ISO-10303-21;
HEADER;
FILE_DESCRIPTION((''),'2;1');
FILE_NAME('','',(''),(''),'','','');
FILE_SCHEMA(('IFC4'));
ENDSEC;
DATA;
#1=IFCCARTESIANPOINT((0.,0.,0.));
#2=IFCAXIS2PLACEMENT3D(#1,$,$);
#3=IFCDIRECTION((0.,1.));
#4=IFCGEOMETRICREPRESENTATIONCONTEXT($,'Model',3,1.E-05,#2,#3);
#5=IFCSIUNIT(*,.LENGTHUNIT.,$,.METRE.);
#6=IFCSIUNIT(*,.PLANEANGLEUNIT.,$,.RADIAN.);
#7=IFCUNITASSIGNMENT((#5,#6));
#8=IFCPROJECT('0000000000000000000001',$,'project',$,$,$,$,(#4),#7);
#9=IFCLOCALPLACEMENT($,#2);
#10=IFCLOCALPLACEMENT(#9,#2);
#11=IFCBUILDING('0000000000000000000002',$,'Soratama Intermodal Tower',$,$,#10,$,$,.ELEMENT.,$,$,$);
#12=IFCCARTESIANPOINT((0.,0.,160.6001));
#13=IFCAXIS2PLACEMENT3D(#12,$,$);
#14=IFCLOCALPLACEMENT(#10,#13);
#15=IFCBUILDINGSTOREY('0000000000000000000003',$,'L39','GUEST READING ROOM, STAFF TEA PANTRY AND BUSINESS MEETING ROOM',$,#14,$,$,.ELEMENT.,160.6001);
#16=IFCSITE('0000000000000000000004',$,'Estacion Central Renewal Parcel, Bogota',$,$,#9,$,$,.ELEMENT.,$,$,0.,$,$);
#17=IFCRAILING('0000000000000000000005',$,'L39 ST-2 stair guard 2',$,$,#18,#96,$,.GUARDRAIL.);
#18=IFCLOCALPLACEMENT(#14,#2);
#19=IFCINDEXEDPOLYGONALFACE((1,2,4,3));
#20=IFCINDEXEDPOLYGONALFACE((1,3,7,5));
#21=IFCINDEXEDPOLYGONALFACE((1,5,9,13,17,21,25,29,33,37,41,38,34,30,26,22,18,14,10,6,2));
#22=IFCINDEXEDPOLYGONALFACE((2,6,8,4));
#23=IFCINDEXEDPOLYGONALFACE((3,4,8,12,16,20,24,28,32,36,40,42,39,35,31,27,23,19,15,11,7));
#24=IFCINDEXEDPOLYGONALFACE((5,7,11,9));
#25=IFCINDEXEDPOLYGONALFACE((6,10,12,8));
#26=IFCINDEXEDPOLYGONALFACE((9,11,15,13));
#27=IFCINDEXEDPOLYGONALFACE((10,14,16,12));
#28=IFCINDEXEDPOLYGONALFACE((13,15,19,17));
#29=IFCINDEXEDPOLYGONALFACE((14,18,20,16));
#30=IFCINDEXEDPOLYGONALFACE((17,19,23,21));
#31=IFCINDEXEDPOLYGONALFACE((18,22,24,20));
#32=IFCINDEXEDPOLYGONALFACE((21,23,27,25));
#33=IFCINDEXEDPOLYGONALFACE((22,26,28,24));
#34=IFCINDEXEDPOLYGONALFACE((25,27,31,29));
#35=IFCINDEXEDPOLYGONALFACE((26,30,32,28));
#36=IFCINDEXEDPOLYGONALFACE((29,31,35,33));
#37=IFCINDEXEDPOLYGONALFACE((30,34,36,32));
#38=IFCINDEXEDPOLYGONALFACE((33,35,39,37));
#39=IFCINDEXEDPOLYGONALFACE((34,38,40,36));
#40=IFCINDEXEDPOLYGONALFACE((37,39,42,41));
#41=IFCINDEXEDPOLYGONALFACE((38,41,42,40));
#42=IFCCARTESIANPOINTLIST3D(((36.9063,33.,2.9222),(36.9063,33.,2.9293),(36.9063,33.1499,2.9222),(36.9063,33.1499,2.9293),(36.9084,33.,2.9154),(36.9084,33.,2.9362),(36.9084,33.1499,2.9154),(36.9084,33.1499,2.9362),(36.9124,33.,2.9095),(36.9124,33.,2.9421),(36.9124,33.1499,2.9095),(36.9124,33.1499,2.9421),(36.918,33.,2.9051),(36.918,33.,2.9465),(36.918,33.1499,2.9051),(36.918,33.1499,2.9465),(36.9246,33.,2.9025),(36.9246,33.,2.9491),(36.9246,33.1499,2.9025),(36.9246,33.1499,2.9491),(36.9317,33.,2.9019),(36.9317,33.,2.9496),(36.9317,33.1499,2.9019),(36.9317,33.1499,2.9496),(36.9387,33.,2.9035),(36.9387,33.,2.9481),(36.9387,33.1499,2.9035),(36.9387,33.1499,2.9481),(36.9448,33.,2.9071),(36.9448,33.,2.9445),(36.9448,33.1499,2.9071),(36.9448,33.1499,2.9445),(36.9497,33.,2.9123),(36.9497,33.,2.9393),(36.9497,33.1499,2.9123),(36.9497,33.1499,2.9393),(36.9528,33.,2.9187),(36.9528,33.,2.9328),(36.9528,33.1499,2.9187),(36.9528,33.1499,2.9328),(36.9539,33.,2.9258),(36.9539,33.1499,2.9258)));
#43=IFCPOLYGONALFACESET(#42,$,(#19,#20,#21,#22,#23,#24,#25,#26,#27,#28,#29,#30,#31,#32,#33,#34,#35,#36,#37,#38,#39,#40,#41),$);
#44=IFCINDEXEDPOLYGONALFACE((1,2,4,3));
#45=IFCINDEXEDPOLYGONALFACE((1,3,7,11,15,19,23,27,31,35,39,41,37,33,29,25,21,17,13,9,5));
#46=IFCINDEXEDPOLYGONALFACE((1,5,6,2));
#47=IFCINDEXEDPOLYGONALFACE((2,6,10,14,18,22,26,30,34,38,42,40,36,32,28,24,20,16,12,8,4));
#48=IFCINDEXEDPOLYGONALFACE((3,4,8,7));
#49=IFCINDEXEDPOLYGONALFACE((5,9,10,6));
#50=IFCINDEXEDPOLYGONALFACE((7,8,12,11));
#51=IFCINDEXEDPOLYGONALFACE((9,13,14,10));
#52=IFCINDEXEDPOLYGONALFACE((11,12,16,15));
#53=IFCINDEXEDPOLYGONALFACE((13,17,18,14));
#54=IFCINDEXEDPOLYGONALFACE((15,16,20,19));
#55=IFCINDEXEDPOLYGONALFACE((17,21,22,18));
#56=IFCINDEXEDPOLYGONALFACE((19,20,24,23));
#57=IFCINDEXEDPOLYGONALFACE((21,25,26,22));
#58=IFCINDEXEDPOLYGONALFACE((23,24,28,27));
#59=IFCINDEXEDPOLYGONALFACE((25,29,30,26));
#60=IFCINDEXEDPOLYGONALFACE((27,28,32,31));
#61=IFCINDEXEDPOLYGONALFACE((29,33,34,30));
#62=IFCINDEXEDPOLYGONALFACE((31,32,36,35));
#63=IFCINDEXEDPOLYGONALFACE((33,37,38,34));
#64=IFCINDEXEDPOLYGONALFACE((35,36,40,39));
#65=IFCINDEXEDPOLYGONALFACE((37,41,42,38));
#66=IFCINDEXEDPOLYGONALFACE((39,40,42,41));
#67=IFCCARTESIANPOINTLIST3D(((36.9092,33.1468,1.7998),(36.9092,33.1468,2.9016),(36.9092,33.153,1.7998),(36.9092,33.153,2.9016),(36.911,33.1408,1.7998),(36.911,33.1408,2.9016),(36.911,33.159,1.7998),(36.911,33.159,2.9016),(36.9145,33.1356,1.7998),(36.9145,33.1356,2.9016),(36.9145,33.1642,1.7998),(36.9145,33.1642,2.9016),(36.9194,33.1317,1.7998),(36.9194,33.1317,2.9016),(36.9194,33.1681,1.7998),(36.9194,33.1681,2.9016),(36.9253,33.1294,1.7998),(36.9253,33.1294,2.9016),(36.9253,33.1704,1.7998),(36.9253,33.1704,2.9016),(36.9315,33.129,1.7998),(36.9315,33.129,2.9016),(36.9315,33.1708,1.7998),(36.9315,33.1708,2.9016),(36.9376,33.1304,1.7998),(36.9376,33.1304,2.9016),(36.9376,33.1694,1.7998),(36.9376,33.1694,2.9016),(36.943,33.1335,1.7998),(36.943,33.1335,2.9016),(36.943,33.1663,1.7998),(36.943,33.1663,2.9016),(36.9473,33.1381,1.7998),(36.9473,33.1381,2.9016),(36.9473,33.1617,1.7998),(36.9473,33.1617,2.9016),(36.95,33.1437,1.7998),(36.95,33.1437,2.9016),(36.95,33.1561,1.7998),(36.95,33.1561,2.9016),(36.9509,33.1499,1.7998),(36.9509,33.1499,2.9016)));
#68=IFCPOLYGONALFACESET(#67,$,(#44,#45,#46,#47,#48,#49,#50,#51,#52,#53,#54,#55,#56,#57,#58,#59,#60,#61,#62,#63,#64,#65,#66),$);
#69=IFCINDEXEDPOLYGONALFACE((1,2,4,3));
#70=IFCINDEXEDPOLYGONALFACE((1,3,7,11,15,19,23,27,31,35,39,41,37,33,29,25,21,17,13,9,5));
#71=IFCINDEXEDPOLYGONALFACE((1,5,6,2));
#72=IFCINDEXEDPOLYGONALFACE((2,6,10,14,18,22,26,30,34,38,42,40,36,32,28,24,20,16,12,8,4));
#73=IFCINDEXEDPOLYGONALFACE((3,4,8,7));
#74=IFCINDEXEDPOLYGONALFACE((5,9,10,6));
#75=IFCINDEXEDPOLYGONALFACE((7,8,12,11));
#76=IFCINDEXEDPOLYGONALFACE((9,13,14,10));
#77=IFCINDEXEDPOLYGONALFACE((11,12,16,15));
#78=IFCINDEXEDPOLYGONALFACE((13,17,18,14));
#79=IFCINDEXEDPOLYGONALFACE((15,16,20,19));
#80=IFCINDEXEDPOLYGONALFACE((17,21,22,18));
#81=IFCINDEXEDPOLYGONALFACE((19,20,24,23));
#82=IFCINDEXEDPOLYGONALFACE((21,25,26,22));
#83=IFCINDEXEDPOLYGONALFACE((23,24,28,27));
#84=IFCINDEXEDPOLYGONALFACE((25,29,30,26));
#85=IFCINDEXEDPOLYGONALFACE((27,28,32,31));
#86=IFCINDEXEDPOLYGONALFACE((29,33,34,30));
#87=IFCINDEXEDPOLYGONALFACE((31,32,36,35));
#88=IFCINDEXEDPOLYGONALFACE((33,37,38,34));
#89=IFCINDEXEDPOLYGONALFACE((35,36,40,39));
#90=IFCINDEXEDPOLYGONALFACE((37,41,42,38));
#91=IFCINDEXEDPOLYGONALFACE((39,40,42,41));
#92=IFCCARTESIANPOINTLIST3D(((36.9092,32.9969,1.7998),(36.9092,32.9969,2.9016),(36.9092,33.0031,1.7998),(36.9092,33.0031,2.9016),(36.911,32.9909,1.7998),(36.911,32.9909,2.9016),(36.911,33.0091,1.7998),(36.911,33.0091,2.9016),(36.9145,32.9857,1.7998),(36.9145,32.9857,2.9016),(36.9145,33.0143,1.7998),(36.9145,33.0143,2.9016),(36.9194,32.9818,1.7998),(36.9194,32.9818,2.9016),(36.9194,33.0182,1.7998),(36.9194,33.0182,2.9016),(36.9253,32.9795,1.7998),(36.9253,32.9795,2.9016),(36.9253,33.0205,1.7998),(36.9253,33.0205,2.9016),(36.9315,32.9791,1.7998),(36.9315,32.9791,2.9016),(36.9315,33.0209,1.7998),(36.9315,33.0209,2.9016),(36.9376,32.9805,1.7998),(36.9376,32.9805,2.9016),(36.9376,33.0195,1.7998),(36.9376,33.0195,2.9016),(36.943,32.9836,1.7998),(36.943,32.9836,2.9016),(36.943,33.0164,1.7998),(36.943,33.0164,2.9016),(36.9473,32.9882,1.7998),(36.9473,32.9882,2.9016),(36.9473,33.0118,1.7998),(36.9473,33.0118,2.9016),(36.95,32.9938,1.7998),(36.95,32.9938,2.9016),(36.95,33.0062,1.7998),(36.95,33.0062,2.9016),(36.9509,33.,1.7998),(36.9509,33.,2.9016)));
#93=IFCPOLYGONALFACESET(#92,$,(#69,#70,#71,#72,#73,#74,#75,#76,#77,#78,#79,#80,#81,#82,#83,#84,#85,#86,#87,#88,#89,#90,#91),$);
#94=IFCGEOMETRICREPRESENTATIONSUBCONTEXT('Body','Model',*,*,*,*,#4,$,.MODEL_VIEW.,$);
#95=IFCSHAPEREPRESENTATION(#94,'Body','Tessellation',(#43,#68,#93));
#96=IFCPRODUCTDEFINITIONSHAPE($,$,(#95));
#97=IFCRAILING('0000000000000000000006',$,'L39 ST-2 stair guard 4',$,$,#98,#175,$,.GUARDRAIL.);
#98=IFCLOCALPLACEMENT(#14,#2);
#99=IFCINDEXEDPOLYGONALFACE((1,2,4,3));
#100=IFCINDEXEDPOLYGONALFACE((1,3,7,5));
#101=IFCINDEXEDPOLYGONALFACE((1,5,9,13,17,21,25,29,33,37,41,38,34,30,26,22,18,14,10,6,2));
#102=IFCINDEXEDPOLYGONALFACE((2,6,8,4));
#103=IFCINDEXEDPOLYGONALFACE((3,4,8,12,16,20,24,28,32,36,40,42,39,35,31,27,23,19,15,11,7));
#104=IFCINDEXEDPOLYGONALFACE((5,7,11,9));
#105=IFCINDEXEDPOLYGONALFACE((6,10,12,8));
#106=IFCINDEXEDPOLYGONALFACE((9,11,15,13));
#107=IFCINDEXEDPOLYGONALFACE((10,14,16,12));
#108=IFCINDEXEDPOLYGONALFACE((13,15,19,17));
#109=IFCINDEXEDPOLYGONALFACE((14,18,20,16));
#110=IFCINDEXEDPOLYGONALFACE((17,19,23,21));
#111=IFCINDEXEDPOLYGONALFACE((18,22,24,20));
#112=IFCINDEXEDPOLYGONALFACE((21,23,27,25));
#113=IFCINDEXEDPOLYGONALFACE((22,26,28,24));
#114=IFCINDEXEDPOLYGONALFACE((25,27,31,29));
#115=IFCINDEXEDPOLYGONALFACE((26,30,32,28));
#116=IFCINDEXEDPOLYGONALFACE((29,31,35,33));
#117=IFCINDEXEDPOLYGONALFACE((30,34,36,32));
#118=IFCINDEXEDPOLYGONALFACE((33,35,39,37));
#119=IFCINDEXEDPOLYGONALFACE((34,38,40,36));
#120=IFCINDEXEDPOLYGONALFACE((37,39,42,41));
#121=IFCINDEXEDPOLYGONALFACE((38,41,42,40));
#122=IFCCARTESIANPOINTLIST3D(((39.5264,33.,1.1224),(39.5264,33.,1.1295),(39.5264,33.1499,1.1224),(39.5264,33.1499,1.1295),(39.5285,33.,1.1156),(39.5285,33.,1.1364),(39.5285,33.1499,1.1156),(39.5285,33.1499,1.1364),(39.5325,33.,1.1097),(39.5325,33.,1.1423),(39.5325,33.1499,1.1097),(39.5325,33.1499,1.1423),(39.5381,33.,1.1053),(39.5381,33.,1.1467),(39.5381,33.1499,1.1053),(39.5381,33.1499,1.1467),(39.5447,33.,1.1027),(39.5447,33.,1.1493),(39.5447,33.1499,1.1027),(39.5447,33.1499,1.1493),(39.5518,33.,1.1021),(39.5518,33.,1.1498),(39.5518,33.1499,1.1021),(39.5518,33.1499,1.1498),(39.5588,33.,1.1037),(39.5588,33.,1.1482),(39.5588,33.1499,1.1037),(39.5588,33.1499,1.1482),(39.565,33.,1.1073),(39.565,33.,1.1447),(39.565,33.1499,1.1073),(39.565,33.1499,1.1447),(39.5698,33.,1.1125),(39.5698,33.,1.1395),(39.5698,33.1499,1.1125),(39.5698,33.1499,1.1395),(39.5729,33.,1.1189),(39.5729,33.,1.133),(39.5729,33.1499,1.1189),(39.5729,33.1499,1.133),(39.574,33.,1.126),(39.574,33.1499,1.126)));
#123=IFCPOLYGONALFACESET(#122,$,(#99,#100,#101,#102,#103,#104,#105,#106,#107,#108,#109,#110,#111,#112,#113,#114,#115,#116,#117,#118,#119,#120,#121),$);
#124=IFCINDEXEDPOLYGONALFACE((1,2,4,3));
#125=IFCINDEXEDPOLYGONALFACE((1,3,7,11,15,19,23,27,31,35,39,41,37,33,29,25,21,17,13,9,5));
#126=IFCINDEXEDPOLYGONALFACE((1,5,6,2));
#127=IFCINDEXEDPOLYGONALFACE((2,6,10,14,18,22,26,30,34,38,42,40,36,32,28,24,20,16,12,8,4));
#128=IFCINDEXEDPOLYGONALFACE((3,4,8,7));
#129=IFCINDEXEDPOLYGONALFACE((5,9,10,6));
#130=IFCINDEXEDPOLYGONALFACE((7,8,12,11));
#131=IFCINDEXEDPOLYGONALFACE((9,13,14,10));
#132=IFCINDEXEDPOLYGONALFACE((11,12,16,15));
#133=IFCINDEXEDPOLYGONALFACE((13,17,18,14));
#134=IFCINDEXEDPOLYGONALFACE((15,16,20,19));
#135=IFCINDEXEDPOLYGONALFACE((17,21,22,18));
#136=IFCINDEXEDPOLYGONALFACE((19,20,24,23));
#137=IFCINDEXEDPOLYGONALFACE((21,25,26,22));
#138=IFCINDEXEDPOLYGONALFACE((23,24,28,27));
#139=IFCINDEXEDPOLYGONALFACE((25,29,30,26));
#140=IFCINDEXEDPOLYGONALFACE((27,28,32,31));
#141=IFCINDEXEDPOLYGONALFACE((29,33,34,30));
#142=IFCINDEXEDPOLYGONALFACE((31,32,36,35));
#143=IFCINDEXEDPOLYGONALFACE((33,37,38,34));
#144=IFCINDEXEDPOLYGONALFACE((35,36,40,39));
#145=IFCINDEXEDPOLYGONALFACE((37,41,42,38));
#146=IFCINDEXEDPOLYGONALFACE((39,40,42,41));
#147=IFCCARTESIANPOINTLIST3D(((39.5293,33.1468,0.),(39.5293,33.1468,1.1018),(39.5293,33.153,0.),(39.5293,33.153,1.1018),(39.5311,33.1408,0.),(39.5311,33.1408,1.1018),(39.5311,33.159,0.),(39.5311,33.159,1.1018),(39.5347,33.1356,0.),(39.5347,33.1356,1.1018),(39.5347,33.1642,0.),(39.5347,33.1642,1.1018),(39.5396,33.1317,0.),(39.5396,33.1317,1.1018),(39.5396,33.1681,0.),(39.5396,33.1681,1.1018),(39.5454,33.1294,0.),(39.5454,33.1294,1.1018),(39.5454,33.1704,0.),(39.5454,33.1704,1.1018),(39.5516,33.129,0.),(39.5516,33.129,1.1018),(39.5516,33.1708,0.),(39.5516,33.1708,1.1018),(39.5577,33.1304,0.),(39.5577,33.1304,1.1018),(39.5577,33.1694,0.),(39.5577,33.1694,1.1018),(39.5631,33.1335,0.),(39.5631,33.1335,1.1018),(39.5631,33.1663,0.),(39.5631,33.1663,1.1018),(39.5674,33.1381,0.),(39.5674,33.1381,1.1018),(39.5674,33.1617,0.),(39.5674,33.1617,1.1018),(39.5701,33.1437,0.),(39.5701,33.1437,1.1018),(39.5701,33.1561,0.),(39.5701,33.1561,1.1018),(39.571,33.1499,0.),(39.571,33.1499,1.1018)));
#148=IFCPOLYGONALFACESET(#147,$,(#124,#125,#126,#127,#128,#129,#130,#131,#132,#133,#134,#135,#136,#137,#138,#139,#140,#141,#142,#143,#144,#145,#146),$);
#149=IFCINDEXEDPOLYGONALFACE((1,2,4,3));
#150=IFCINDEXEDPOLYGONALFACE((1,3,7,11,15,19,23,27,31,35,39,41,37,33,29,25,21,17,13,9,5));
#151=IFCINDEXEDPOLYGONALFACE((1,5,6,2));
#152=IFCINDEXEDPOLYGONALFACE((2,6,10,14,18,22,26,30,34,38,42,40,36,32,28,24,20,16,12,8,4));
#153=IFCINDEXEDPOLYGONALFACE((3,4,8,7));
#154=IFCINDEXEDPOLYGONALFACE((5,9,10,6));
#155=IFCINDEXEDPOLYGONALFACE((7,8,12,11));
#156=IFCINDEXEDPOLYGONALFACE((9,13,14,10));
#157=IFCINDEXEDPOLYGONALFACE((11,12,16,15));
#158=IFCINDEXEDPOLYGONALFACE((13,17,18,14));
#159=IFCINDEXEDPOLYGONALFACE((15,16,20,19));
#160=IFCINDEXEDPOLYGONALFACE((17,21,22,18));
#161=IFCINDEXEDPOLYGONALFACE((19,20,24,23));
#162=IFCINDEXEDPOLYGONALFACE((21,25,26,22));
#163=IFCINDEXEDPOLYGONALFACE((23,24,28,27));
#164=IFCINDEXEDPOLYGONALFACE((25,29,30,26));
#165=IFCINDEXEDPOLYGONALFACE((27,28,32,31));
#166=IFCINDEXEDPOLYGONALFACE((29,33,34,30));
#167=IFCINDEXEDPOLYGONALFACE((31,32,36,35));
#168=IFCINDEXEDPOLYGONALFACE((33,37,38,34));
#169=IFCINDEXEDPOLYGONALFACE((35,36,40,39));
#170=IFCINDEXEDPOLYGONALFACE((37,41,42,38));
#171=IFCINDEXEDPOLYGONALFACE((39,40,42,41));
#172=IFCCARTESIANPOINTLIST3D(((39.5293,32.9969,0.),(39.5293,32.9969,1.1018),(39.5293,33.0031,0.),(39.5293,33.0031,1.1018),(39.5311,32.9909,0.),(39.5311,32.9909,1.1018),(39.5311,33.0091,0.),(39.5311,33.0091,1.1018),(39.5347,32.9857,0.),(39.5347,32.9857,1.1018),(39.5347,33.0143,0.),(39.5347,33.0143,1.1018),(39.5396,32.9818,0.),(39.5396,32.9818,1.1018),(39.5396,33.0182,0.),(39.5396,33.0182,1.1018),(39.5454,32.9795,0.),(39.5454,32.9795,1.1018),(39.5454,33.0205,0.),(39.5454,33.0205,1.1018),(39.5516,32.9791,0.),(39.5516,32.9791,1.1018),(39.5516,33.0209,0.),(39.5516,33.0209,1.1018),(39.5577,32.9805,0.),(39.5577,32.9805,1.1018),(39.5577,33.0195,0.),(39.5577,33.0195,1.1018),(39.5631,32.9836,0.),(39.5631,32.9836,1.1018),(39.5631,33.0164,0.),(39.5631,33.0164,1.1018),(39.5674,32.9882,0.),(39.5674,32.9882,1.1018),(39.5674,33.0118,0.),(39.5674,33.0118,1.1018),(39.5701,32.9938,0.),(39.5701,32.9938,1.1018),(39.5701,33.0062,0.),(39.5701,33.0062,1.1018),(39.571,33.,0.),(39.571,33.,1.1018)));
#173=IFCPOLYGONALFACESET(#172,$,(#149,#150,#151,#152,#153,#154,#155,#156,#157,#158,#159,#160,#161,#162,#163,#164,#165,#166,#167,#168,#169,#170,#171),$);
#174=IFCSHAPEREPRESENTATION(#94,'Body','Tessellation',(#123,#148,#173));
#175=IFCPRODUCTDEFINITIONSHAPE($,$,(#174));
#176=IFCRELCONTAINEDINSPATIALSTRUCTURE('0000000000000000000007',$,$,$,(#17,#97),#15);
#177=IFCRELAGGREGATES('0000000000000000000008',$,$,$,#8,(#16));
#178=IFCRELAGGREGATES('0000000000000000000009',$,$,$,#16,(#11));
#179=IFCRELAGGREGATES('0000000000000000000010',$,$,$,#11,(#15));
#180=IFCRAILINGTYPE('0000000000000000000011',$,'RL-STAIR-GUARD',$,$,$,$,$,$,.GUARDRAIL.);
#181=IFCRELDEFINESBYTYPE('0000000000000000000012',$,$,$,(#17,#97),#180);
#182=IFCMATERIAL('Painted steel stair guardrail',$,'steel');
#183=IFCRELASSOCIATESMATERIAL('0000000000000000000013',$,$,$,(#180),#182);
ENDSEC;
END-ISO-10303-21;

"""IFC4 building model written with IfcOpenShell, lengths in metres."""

from ifc_helpers import new_model, si_unit, direction, frame, origin, origin_2d, place, context, subcontext, project, spatial, circle, extrude, material, type_object, element, save


model = new_model("IFC4")

# Units and contexts
model_context = context("Model", 3, precision=1e-05, world=origin(), true_north=direction((0.0, 1.0)))
body_context = subcontext(model_context, "Body", "Model", "MODEL_VIEW")
ifc_project = project(units=[si_unit("LENGTHUNIT", "METRE"), si_unit("PLANEANGLEUNIT", "RADIAN")], contexts=[model_context])

# Site, building, storey
site_placement = place(None, origin())
site = spatial("IfcSite", under=ifc_project, at=site_placement, Name="Estacion Central Renewal Parcel, Bogota", CompositionType="ELEMENT", RefElevation=0.0)
building_placement = place(site_placement, origin())
building = spatial("IfcBuilding", under=site, at=building_placement, Name="Soratama Intermodal Tower", CompositionType="ELEMENT")
storey_placement = place(building_placement, frame((0.0, 0.0, 160.6001)))
storey = spatial("IfcBuildingStorey", under=building, at=storey_placement, Name="L39", Description="GUEST READING ROOM, STAFF TEA PANTRY AND BUSINESS MEETING ROOM", CompositionType="ELEMENT", Elevation=160.6001)

# Railings
ifc_material_1 = material(Name="Painted steel stair guardrail", Category="steel")
railing_type_1 = type_object("IfcRailingType", Name="RL-STAIR-GUARD", PredefinedType="GUARDRAIL", material=ifc_material_1)
for number, where, name in (
    (1, (36.9299, 33.1499, 1.7998), "L39 ST-2 stair guard 2"),
    (2, (39.55, 33.1499, 0.0), "L39 ST-2 stair guard 4"),
):
    element("IfcRailing", number, at=place(storey_placement, frame(where)), inside=storey, type_object=railing_type_1, Name=name, PredefinedType="GUARDRAIL", context=body_context, shape_type="SweptSolid", body=[
        extrude(circle(Radius=0.0239, at=origin_2d()), frame((0.0, 0.0, 1.126), z_axis=(0.0, -1.0, 0.0), x_axis=(1.0, 0.0, 0.0)), (0.0, 0.0, 1.0), 0.1499),
        extrude(circle(Radius=0.021, at=origin_2d()), origin(), (0.0, 0.0, 1.0), 1.1018),
        extrude(circle(Radius=0.021, at=origin_2d()), frame((0.0, -0.1499, 0.0)), (0.0, 0.0, 1.0), 1.1018),
    ])

save(model, "model.ifc")
